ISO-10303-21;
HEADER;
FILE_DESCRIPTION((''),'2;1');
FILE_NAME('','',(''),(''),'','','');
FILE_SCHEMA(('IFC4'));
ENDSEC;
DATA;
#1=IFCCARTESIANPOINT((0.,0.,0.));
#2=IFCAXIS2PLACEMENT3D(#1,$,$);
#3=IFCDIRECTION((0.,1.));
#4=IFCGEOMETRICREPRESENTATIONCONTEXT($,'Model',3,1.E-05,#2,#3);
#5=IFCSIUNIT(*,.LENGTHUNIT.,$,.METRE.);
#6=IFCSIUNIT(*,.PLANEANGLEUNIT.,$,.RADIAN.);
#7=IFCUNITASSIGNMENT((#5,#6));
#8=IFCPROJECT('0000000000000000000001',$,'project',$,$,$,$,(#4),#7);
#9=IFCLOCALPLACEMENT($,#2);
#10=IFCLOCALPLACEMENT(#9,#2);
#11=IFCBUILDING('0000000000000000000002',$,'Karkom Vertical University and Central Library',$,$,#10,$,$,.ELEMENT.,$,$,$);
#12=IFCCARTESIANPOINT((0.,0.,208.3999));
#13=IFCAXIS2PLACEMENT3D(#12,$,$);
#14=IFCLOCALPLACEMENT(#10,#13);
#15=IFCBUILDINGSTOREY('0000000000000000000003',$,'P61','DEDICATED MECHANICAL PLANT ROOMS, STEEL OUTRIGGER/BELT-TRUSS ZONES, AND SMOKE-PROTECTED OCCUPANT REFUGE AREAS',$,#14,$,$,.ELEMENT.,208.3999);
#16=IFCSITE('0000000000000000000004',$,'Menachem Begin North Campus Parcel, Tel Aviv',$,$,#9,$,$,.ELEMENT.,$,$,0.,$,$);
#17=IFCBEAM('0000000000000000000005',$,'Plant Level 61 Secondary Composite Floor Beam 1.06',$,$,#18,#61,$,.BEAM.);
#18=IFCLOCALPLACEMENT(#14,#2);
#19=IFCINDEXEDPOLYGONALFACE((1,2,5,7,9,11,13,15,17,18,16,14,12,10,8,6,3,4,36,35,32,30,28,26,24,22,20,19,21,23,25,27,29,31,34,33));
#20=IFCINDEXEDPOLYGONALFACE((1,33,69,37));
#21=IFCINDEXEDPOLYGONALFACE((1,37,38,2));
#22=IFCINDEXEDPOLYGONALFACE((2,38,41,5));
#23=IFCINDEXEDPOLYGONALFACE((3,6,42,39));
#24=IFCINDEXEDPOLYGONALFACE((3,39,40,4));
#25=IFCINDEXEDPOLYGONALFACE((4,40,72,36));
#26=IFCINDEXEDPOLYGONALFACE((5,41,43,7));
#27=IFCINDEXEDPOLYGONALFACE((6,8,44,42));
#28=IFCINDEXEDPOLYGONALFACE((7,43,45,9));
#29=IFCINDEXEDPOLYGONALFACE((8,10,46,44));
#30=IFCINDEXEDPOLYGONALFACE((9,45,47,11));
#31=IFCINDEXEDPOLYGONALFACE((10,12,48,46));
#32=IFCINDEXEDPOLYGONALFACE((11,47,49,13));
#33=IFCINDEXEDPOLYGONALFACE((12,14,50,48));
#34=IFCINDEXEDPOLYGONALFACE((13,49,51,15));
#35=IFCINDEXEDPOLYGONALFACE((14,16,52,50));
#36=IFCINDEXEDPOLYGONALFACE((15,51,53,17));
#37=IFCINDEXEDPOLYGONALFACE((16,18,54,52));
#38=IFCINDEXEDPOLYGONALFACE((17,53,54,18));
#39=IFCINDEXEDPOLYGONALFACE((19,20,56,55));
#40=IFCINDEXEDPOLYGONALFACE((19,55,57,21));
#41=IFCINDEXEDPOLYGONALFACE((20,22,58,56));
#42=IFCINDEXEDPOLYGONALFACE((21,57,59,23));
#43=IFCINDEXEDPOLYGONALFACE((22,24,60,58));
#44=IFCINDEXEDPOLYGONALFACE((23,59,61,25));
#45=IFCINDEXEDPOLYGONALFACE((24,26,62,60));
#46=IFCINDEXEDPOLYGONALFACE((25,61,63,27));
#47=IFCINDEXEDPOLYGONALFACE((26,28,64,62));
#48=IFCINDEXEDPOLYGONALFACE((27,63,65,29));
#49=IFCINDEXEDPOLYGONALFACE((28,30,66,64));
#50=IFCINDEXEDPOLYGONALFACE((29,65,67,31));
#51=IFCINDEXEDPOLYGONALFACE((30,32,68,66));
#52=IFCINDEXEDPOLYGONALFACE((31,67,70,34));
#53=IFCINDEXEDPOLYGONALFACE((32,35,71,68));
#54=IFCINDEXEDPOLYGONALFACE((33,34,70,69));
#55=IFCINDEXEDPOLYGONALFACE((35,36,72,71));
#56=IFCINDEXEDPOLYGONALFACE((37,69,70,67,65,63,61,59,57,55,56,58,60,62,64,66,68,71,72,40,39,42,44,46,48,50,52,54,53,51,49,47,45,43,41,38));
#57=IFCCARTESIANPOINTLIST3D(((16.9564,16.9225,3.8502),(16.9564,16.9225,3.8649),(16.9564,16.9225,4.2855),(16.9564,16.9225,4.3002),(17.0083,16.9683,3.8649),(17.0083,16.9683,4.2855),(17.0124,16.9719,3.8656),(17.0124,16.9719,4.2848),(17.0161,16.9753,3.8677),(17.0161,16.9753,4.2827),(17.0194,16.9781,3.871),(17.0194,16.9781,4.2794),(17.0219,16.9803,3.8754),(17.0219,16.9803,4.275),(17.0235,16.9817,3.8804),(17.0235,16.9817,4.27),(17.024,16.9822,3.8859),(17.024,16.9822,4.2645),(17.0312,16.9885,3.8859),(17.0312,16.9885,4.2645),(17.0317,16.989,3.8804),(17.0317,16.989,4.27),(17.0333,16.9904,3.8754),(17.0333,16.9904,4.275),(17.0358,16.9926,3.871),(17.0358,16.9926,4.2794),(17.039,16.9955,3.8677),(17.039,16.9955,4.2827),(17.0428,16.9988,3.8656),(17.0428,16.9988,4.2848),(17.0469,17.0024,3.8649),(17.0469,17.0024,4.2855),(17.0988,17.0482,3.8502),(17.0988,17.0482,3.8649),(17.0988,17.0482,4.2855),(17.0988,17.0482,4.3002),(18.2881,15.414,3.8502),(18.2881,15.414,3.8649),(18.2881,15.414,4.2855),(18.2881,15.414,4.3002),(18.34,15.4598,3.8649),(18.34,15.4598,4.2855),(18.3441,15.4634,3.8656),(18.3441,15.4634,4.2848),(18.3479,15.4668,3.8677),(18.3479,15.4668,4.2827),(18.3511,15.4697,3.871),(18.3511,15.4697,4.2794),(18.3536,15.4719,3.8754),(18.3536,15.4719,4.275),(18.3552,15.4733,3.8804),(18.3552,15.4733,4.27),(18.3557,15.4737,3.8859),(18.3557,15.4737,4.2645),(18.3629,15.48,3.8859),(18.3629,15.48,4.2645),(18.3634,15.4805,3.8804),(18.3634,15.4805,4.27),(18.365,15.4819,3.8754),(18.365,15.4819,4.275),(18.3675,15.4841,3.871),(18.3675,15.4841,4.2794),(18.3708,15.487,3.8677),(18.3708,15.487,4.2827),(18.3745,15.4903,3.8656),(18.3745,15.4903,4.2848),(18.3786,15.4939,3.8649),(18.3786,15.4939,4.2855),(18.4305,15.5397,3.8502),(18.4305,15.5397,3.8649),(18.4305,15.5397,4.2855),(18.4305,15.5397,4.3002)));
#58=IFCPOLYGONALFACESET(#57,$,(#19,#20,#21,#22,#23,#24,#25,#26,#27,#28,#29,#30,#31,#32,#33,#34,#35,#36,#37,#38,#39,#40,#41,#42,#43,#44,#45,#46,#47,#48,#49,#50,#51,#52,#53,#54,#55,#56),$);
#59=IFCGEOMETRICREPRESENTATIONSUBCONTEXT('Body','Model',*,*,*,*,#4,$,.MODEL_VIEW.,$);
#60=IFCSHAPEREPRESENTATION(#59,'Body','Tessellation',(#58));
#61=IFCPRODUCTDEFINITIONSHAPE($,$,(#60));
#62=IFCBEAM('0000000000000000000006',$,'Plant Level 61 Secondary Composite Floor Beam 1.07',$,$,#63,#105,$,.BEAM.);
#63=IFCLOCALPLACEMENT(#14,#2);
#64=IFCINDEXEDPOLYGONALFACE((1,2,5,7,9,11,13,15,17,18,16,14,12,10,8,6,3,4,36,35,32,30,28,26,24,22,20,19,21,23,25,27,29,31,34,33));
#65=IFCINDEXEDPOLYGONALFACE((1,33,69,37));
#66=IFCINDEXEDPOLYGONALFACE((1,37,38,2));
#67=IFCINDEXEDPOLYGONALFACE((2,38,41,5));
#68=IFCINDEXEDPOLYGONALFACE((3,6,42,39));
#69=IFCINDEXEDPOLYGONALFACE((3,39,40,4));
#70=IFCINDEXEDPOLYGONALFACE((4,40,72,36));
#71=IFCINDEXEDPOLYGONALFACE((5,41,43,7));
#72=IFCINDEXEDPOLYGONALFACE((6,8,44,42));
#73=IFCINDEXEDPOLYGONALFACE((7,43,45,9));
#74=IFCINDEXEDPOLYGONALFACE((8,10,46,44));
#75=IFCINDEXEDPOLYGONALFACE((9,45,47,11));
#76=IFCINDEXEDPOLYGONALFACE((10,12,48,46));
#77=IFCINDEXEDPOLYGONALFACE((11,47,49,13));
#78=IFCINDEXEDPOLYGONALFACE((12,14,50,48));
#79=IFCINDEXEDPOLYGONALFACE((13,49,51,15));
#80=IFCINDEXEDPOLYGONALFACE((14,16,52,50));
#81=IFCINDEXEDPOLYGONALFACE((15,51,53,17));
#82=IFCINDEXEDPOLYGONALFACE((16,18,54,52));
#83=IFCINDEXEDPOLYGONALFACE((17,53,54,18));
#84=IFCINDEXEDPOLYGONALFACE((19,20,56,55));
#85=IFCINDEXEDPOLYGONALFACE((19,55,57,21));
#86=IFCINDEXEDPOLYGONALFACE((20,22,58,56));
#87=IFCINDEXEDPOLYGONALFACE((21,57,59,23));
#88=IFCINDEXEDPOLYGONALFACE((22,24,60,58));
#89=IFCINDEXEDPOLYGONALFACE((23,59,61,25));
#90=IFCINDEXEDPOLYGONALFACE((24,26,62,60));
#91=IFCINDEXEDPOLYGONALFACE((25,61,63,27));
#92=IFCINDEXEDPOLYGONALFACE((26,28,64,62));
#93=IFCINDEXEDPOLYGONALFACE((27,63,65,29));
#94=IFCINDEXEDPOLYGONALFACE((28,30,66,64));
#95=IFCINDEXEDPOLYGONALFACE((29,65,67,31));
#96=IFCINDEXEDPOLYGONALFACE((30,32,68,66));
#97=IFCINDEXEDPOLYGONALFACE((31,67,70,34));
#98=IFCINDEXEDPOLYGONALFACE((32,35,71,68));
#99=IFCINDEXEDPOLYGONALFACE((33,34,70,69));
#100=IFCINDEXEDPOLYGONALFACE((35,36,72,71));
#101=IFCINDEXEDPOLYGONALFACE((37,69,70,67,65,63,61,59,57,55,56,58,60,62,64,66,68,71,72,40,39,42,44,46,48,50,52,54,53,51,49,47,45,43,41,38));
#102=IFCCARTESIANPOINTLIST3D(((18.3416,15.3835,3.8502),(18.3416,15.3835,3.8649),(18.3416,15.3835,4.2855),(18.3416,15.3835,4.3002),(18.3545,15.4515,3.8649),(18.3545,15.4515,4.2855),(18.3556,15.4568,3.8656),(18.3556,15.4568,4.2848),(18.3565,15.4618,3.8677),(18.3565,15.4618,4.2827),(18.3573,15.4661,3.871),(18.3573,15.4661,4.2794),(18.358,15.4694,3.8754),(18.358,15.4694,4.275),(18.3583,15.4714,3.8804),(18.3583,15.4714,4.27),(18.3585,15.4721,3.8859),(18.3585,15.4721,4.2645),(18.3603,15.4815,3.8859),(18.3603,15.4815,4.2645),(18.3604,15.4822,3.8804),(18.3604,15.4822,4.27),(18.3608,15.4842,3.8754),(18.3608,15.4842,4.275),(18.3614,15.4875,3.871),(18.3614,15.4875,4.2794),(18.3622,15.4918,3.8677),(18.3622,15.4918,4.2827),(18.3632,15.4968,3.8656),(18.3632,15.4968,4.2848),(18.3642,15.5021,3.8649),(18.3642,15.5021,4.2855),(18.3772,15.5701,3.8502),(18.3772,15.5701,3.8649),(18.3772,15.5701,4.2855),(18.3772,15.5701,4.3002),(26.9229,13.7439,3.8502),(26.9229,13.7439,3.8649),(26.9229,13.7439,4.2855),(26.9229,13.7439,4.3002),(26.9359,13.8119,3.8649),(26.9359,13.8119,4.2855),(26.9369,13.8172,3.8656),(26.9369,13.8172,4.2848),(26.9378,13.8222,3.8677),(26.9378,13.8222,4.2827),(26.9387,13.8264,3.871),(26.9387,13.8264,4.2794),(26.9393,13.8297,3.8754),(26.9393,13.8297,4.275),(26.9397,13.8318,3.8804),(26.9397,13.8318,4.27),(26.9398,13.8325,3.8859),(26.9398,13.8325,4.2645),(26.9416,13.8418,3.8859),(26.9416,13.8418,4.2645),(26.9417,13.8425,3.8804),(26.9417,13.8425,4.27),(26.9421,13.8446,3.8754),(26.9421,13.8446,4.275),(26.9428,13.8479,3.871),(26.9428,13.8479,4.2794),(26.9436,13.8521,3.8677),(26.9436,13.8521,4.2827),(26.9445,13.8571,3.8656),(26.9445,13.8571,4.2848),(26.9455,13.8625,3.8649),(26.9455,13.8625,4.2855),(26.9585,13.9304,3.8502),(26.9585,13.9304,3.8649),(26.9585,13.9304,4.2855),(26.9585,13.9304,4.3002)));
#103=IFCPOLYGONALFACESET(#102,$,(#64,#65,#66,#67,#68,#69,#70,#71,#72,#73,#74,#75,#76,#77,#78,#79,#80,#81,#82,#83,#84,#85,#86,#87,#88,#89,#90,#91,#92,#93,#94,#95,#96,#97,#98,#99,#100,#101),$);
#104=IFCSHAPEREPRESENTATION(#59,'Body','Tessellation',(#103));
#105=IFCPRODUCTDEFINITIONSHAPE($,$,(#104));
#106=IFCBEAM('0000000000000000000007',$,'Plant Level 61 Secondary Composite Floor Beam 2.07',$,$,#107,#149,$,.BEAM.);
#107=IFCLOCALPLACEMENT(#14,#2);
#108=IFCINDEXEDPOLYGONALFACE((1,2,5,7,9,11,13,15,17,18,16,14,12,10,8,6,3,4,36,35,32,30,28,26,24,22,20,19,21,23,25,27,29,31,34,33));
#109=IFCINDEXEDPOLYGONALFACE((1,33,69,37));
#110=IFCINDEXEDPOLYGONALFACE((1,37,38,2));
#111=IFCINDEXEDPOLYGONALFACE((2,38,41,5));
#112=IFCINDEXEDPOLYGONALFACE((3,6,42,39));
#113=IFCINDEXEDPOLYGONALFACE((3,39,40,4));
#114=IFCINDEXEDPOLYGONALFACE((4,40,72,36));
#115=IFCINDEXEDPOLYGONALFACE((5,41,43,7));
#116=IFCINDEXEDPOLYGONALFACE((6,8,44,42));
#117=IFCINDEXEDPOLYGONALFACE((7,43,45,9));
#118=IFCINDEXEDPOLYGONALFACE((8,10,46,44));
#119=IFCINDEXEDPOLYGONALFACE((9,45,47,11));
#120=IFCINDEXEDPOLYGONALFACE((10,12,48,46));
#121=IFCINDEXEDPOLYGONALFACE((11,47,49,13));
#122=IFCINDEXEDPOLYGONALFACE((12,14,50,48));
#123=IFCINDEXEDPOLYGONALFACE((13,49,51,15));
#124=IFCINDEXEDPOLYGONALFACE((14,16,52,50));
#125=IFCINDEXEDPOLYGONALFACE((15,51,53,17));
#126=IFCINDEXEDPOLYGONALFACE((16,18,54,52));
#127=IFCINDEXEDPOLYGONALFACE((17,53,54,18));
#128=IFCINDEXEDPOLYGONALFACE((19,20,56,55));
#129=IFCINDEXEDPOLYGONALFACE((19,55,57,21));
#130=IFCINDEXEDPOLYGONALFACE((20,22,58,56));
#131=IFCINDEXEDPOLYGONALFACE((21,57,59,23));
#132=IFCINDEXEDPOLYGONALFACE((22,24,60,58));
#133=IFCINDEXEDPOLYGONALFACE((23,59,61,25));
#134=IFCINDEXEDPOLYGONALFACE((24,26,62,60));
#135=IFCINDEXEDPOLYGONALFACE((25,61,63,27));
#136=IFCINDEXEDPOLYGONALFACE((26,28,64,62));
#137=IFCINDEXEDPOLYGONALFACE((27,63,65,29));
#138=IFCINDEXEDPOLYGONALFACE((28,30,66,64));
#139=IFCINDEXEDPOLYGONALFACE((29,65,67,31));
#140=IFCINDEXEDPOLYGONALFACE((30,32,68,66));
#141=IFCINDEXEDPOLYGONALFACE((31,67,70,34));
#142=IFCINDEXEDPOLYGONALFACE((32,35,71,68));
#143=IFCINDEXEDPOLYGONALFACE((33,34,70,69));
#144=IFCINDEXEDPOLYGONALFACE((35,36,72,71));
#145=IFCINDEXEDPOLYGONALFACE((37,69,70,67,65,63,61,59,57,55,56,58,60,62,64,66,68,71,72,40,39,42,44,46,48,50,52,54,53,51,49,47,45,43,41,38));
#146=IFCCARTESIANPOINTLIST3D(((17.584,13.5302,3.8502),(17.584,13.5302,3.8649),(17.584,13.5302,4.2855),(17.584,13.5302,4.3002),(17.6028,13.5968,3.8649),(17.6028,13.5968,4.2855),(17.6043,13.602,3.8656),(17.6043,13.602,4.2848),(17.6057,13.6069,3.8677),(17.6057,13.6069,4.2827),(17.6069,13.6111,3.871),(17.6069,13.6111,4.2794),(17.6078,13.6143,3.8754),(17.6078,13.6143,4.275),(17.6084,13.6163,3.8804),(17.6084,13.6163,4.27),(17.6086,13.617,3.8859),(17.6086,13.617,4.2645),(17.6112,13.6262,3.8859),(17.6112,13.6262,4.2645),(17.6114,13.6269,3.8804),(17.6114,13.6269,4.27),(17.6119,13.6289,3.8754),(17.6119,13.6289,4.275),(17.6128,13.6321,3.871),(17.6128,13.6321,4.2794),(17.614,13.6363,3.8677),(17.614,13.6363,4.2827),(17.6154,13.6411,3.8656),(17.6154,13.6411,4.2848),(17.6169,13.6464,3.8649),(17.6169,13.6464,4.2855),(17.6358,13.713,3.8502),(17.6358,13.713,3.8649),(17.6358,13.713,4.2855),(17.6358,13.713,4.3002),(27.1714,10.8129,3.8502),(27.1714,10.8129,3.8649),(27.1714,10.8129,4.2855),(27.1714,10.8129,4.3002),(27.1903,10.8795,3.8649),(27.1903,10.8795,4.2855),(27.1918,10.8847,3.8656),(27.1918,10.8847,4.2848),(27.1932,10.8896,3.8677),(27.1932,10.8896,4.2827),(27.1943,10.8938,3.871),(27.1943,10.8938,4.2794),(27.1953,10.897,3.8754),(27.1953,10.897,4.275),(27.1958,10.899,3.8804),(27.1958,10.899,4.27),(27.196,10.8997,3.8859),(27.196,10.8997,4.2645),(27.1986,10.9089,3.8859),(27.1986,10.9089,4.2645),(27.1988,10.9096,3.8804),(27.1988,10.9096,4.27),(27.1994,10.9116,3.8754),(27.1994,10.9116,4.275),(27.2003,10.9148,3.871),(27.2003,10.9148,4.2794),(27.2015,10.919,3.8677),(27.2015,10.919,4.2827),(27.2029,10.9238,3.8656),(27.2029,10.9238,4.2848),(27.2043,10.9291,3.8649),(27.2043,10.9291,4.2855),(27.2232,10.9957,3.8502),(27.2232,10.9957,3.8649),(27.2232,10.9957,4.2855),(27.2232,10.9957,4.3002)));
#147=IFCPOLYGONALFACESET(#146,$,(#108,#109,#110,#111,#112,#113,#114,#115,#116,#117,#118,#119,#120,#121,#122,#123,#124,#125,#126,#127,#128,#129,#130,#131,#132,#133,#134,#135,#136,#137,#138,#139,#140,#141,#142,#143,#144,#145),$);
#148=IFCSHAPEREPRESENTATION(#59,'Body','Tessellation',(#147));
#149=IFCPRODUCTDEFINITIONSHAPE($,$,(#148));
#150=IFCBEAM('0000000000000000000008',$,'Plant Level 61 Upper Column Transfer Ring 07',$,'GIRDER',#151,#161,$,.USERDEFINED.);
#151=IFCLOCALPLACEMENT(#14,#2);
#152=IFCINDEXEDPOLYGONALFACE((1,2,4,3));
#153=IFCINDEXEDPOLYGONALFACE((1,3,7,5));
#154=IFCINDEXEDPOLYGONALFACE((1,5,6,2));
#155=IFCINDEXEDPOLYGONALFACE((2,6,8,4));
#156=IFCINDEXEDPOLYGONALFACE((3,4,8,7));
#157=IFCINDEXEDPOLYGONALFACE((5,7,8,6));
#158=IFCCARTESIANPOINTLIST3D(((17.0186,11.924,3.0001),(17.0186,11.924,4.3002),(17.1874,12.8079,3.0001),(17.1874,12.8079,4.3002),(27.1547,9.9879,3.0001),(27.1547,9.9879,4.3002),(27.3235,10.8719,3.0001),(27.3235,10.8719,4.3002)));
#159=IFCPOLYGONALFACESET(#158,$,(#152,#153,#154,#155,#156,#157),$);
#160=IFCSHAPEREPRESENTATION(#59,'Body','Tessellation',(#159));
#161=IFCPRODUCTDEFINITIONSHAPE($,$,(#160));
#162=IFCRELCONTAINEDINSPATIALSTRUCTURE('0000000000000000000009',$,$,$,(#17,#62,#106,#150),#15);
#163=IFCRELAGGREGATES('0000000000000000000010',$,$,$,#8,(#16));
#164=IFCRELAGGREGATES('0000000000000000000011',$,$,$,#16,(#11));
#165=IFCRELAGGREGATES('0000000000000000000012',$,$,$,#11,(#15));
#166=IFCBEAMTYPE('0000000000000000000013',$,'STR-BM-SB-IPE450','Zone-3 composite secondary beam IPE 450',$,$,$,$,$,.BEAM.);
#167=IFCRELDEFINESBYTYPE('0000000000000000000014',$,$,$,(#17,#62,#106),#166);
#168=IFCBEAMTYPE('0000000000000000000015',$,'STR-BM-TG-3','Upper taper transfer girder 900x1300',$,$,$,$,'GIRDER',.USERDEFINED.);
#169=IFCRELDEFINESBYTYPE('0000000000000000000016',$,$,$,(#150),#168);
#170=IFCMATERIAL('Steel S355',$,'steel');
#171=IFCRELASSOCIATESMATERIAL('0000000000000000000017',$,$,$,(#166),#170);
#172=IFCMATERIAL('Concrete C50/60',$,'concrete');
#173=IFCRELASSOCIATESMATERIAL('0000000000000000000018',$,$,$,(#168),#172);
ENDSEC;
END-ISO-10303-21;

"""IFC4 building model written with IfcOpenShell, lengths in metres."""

from ifc_helpers import new_model, si_unit, direction, frame, origin, origin_with_axes, origin_2d, place, context, subcontext, project, spatial, rectangle, i_section, extrude, source, transform, mapped, material, material_profile, profile_set, type_object, element, save


model = new_model("IFC4")

# Units and contexts
model_context = context("Model", 3, precision=1e-05, world=origin(), true_north=direction((0.0, 1.0)))
body_context = subcontext(model_context, "Body", "Model", "MODEL_VIEW")
ifc_project = project(units=[si_unit("LENGTHUNIT", "METRE"), si_unit("PLANEANGLEUNIT", "RADIAN")], contexts=[model_context])

# Site, building, storey
site_placement = place(None, origin())
site = spatial("IfcSite", under=ifc_project, at=site_placement, Name="Menachem Begin North Campus Parcel, Tel Aviv", CompositionType="ELEMENT", RefElevation=0.0)
building_placement = place(site_placement, origin())
building = spatial("IfcBuilding", under=site, at=building_placement, Name="Karkom Vertical University and Central Library", CompositionType="ELEMENT")
storey_placement = place(building_placement, frame((0.0, 0.0, 208.3999)))
storey = spatial("IfcBuildingStorey", under=building, at=storey_placement, Name="P61", Description="DEDICATED MECHANICAL PLANT ROOMS, STEEL OUTRIGGER/BELT-TRUSS ZONES, AND SMOKE-PROTECTED OCCUPANT REFUGE AREAS", CompositionType="ELEMENT", Elevation=208.3999)

# Beams
ifc_material_1 = material(Name="Steel S355", Category="steel")
ifc_material_profile_1 = material_profile(ifc_material_1, i_section(OverallWidth=0.1899, OverallDepth=0.45, WebThickness=0.0095, FlangeThickness=0.0146, FilletRadius=0.021, at=origin_2d()), Name="IPE 450")
ifc_profile_set_1 = profile_set([ifc_material_profile_1], Name="Steel S355")
beam_type_1 = type_object("IfcBeamType", Name="STR-BM-SB-IPE450", Description="Zone-3 composite secondary beam IPE 450", PredefinedType="BEAM", material=ifc_profile_set_1)
shared_shape_1 = source(origin_with_axes(), body_context, "Body", "SweptSolid", [
    extrude(i_section(OverallWidth=0.1899, OverallDepth=0.45, WebThickness=0.0095, FlangeThickness=0.0146, FilletRadius=0.021, at=origin_2d()), origin(), (0.0, 0.0, 1.0), 2.0122),
])
beam_1_placement = place(storey_placement, frame((17.0276, 16.9854, 4.0752), z_axis=(0.661822, -0.749661, 0.0), x_axis=(0.749661, 0.661822, 0.0)))
element("IfcBeam", 1, at=beam_1_placement, inside=storey, type_object=beam_type_1, Name="Plant Level 61 Secondary Composite Floor Beam 1.06", PredefinedType="BEAM", context=body_context, shape_type="MappedRepresentation", body=[
    mapped(shared_shape_1, transform((0.0, 0.0, 0.0), scale=1.0)),
])
shared_shape_2 = source(origin_with_axes(), body_context, "Body", "SweptSolid", [
    extrude(i_section(OverallWidth=0.1899, OverallDepth=0.45, WebThickness=0.0095, FlangeThickness=0.0146, FilletRadius=0.021, at=origin_2d()), origin(), (0.0, 0.0, 1.0), 8.7366),
])
beam_2_placement = place(storey_placement, frame((18.3594, 15.4768, 4.0752), z_axis=(0.982231, -0.187677, 0.0), x_axis=(0.187677, 0.982231, 0.0)))
element("IfcBeam", 2, at=beam_2_placement, inside=storey, type_object=beam_type_1, Name="Plant Level 61 Secondary Composite Floor Beam 1.07", PredefinedType="BEAM", context=body_context, shape_type="MappedRepresentation", body=[
    mapped(shared_shape_2, transform((0.0, 0.0, 0.0), scale=1.0)),
])
shared_shape_3 = source(origin_with_axes(), body_context, "Body", "SweptSolid", [
    extrude(i_section(OverallWidth=0.1899, OverallDepth=0.45, WebThickness=0.0095, FlangeThickness=0.0146, FilletRadius=0.021, at=origin_2d()), origin(), (0.0, 0.0, 1.0), 9.9651),
])
beam_3_placement = place(storey_placement, frame((17.6099, 13.6216, 4.0752), z_axis=(0.962104, -0.272682, 0.0), x_axis=(0.272682, 0.962104, 0.0)))
element("IfcBeam", 3, at=beam_3_placement, inside=storey, type_object=beam_type_1, Name="Plant Level 61 Secondary Composite Floor Beam 2.07", PredefinedType="BEAM", context=body_context, shape_type="MappedRepresentation", body=[
    mapped(shared_shape_3, transform((0.0, 0.0, 0.0), scale=1.0)),
])
ifc_material_2 = material(Name="Concrete C50/60", Category="concrete")
ifc_material_profile_2 = material_profile(ifc_material_2, rectangle(XDim=0.8999, YDim=1.3, at=origin_2d()), Name="TG-900x1300")
ifc_profile_set_2 = profile_set([ifc_material_profile_2], Name="Concrete C50/60")
beam_type_2 = type_object("IfcBeamType", Name="STR-BM-TG-3", Description="Upper taper transfer girder 900x1300", ElementType="GIRDER", PredefinedType="USERDEFINED", material=ifc_profile_set_2)
shared_shape_4 = source(origin_with_axes(), body_context, "Body", "SweptSolid", [
    extrude(rectangle(XDim=0.8999, YDim=1.3, at=origin_2d()), origin(), (0.0, 0.0, 1.0), 10.3193),
])
beam_4_placement = place(storey_placement, frame((17.103, 12.366, 3.6501), z_axis=(0.982243, -0.187614, 0.0), x_axis=(0.187614, 0.982243, 0.0)))
element("IfcBeam", 4, at=beam_4_placement, inside=storey, type_object=beam_type_2, Name="Plant Level 61 Upper Column Transfer Ring 07", ObjectType="GIRDER", PredefinedType="USERDEFINED", context=body_context, shape_type="MappedRepresentation", body=[
    mapped(shared_shape_4, transform((0.0, 0.0, 0.0), scale=1.0)),
])

save(model, "model.ifc")
